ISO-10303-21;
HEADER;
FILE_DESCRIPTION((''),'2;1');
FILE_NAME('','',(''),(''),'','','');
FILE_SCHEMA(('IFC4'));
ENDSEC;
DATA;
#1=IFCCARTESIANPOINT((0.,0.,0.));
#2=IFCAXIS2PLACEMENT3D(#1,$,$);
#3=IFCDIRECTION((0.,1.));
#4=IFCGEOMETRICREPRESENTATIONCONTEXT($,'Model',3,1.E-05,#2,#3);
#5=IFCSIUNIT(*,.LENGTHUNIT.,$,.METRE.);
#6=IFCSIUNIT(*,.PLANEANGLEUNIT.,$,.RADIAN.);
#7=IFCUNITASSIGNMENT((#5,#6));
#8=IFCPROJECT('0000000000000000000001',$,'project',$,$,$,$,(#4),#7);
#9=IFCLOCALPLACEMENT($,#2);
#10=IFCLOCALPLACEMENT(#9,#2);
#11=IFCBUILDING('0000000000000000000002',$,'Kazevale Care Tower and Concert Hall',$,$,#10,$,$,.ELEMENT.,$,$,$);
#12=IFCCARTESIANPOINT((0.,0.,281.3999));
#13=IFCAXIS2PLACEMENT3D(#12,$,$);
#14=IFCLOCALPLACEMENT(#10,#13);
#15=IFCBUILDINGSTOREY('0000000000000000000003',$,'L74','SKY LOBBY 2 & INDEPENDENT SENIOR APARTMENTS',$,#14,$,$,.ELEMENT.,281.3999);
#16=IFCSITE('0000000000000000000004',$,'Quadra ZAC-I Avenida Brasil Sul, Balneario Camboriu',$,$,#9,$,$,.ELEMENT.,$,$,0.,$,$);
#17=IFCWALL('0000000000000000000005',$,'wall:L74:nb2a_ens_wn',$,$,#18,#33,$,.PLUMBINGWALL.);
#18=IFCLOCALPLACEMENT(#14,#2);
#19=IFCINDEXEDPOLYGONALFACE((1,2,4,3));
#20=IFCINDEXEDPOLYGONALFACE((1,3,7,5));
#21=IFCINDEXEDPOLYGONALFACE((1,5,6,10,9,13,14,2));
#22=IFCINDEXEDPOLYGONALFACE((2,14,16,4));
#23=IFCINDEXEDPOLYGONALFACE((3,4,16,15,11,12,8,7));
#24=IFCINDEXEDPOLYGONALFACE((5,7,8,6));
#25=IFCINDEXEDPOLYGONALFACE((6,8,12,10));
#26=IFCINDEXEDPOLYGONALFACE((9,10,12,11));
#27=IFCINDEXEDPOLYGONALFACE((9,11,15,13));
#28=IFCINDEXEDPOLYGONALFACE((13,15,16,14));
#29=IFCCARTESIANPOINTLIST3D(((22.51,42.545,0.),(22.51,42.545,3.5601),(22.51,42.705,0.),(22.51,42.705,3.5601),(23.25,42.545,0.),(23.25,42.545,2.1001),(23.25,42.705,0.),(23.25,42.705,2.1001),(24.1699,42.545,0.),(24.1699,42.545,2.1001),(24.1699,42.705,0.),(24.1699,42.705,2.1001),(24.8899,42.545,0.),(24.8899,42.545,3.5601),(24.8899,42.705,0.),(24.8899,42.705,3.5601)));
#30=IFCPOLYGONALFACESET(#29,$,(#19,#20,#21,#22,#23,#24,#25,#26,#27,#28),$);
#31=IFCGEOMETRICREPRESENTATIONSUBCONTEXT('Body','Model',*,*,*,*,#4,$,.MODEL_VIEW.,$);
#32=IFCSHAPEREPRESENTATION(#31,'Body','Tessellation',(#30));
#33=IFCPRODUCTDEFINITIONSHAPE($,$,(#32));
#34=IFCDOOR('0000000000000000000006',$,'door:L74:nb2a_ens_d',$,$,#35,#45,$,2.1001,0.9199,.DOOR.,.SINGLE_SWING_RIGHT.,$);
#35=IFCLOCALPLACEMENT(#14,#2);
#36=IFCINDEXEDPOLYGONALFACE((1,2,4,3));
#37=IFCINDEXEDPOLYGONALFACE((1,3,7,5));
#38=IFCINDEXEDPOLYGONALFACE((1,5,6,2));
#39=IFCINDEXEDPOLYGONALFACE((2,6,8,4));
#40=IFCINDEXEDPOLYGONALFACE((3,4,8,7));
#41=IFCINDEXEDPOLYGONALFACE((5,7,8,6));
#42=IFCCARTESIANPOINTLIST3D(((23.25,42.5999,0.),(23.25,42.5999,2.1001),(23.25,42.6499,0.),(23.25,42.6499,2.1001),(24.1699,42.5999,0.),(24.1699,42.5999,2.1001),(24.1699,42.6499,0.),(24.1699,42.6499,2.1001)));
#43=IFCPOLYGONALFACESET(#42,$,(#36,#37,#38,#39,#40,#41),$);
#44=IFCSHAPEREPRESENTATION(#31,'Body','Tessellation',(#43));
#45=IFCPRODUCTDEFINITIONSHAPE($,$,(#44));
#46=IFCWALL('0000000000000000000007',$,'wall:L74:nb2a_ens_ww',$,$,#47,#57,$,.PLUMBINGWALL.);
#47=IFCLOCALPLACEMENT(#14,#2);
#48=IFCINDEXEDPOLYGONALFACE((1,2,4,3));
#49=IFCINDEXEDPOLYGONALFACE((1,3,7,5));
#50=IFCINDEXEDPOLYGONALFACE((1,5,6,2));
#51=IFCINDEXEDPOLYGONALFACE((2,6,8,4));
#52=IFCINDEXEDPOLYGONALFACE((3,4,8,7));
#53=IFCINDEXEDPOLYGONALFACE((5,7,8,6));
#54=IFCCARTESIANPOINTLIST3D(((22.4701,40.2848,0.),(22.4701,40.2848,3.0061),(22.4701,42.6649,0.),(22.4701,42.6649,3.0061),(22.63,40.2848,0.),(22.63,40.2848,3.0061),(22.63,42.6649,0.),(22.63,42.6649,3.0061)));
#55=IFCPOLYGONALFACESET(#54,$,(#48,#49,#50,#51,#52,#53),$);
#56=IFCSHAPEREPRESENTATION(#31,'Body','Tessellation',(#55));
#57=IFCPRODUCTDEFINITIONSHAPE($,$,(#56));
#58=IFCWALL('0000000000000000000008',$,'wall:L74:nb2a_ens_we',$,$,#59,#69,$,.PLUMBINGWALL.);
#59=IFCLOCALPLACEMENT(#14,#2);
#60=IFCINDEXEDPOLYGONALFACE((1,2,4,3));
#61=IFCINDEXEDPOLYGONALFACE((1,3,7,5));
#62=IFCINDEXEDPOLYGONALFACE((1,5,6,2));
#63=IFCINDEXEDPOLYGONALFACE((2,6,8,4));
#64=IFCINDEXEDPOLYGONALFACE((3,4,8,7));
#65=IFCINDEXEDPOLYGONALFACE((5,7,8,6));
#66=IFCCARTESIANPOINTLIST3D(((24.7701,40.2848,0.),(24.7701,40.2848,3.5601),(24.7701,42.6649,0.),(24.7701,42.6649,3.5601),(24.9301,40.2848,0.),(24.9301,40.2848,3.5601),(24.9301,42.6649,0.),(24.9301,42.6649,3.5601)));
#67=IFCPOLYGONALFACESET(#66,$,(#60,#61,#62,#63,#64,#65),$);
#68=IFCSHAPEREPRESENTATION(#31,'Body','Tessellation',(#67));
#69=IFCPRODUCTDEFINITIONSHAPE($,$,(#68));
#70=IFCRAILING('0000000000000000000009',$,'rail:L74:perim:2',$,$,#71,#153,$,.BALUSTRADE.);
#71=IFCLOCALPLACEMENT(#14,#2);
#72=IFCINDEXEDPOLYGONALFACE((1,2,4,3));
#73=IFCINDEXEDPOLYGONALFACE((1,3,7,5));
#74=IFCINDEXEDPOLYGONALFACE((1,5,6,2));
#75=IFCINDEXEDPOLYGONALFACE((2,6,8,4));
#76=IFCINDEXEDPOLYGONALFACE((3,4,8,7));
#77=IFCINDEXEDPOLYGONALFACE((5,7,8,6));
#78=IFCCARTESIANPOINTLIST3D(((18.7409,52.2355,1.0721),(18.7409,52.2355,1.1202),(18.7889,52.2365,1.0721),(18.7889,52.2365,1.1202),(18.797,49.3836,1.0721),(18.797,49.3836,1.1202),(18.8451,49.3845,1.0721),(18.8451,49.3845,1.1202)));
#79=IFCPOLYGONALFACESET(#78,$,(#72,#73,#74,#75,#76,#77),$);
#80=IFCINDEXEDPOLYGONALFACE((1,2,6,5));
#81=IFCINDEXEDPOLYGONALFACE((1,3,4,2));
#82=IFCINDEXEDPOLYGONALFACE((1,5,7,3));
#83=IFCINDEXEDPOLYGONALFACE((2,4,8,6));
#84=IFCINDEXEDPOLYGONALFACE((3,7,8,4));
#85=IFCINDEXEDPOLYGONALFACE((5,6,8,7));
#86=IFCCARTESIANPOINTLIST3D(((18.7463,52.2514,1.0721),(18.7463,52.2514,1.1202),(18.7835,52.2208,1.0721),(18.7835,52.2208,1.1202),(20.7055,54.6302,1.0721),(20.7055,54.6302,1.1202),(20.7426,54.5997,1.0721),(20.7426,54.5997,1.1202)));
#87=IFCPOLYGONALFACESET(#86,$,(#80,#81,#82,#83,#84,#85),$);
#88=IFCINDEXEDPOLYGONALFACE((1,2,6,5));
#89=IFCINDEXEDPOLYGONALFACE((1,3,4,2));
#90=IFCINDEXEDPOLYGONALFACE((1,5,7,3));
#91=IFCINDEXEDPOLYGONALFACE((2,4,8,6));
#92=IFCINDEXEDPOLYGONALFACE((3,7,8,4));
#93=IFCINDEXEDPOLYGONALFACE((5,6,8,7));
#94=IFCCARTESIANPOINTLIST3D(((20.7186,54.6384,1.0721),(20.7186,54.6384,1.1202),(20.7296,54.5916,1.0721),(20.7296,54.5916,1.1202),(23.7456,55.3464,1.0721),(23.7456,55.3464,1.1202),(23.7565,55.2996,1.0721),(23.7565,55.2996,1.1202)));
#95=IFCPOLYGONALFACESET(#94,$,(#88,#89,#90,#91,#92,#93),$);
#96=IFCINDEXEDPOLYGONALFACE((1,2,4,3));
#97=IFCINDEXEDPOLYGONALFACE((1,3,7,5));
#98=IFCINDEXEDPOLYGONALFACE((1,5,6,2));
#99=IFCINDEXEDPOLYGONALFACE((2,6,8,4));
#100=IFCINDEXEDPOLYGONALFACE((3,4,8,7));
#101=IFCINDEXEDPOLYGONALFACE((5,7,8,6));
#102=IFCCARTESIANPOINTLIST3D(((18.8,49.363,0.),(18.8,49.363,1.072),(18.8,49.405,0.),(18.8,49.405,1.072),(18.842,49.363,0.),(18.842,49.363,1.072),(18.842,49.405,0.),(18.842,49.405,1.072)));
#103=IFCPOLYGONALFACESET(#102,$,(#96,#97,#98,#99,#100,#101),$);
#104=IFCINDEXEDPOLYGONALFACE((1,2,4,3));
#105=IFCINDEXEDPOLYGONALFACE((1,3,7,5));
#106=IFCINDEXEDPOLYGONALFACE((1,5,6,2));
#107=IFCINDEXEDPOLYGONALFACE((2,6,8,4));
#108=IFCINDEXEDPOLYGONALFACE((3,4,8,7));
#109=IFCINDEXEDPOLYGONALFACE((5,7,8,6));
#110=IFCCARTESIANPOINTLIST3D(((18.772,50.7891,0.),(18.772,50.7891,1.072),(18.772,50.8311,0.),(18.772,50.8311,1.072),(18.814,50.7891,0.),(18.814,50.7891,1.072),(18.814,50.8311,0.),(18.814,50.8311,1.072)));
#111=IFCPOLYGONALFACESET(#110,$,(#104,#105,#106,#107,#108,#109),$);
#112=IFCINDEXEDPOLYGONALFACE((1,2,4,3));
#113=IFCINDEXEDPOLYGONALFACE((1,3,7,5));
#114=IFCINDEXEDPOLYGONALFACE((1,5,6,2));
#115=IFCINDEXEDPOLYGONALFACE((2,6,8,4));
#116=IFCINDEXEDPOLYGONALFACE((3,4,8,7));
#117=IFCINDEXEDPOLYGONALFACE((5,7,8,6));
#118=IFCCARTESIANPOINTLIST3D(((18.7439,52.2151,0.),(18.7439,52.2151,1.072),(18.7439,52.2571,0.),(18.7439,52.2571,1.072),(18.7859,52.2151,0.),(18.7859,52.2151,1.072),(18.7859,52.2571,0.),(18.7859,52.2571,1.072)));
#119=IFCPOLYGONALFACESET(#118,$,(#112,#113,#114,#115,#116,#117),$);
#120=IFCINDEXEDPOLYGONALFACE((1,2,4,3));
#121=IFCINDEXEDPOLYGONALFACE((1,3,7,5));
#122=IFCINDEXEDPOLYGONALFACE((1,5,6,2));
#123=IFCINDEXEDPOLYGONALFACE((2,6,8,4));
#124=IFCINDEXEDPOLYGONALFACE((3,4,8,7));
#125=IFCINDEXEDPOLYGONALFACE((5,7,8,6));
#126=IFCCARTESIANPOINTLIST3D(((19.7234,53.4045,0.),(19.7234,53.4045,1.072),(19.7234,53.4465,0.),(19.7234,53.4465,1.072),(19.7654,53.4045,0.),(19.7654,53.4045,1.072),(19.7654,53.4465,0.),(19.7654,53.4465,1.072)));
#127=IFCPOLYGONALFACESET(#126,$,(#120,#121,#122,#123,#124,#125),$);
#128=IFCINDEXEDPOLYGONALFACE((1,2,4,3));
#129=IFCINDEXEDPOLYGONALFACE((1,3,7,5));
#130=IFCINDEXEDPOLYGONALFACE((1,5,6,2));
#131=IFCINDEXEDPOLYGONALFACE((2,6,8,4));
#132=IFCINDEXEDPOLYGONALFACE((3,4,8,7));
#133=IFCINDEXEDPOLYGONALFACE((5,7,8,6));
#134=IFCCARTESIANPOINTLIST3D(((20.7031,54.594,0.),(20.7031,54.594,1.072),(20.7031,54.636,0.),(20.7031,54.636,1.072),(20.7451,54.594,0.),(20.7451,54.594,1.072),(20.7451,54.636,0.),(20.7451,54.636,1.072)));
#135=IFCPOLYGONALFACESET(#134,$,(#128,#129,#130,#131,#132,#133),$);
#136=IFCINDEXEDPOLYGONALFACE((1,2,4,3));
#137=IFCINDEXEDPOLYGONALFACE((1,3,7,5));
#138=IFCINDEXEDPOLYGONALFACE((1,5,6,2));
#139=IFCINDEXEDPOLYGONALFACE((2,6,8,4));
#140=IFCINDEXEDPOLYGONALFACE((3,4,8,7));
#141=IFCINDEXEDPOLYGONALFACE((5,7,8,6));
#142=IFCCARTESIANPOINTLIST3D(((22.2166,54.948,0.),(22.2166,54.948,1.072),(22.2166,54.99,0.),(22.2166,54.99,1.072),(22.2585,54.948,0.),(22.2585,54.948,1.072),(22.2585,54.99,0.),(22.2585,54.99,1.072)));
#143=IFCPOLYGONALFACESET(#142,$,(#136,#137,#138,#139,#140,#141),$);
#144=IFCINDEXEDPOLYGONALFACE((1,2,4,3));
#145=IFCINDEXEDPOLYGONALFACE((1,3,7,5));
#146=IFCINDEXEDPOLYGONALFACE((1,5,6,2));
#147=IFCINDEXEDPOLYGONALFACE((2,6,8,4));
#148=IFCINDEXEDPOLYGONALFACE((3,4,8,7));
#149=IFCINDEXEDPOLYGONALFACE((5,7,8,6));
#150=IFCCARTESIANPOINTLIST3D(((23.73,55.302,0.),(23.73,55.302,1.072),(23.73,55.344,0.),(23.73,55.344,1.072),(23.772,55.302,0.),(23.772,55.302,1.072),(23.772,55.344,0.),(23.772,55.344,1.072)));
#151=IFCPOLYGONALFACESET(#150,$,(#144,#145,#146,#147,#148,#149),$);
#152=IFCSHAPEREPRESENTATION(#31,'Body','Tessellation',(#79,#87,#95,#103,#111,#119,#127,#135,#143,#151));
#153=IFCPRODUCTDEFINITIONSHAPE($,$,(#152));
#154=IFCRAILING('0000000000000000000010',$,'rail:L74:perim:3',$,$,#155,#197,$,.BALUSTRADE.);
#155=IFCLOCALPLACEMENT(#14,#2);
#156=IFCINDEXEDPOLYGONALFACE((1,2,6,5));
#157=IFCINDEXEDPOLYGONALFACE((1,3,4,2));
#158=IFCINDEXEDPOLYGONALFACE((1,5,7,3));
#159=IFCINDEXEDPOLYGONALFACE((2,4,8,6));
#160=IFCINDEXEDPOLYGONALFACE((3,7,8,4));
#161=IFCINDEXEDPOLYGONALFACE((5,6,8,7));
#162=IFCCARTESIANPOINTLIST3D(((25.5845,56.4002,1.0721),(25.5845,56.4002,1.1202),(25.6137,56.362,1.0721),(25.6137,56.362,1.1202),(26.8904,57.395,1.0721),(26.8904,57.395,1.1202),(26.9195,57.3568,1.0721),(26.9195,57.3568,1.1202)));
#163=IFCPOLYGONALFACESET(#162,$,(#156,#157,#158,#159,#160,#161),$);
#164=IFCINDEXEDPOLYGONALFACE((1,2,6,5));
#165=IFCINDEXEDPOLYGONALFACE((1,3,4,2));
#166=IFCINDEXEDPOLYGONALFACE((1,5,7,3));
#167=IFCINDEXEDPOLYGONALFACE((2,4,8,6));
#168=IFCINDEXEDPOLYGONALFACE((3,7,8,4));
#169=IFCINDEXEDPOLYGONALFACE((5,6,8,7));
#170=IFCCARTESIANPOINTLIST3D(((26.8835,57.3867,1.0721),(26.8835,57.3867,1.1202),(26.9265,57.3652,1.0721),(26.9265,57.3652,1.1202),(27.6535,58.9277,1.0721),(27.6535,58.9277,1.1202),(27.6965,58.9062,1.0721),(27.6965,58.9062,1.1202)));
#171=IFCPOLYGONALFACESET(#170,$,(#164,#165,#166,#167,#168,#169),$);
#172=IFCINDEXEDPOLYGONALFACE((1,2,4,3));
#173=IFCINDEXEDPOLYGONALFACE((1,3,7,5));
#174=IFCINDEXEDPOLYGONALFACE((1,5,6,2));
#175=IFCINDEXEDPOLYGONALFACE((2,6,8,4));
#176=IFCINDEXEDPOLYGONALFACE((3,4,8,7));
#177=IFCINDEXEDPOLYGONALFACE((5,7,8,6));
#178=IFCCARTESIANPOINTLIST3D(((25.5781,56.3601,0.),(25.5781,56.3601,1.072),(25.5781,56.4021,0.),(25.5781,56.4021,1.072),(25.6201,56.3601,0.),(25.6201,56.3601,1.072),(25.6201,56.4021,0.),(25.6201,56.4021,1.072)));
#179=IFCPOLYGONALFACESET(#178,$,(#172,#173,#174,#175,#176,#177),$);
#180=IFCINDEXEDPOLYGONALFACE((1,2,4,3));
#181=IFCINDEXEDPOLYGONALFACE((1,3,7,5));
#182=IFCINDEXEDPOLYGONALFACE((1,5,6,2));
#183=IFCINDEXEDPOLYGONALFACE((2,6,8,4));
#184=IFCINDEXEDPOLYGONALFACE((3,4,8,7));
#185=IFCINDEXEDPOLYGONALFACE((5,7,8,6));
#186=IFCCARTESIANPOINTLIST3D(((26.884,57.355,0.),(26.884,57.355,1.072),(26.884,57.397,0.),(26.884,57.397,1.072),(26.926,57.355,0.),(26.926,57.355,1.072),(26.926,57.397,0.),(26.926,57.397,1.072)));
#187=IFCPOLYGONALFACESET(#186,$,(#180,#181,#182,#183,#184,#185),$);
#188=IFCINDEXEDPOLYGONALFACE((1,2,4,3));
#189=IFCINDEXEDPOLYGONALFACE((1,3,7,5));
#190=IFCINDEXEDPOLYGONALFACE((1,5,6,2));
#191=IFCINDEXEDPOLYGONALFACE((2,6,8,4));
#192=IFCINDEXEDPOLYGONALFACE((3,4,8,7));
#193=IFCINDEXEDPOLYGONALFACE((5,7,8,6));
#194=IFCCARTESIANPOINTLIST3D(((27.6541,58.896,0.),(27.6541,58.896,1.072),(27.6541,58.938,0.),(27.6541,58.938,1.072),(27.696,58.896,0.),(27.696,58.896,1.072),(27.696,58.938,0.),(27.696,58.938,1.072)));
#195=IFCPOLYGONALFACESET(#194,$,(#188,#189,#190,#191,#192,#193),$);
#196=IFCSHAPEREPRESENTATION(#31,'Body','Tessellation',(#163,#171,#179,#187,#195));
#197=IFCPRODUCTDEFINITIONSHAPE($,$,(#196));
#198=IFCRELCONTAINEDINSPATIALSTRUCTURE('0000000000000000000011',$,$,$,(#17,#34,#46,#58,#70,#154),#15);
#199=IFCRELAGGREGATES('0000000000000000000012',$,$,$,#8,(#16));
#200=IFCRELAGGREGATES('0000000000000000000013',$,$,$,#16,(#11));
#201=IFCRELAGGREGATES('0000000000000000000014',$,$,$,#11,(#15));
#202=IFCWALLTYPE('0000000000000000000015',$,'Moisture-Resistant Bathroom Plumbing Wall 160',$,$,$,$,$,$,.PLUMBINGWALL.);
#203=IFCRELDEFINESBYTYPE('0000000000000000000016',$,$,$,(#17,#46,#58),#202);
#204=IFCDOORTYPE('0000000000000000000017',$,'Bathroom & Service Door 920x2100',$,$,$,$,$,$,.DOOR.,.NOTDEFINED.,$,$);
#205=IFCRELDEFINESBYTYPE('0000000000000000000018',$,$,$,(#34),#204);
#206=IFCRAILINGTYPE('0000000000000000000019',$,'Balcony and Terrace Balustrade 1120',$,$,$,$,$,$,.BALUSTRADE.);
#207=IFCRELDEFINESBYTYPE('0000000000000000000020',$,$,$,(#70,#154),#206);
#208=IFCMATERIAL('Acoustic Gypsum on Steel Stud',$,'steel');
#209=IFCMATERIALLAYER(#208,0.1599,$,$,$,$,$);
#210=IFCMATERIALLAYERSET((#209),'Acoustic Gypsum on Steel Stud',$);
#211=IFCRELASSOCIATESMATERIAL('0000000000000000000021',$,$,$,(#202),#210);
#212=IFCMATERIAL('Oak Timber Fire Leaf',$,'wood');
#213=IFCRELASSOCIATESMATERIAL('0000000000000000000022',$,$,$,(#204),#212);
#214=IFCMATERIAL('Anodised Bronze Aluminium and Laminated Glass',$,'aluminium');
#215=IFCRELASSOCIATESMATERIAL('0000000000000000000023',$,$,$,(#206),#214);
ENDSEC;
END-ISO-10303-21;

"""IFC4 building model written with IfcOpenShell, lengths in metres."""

from ifc_helpers import new_model, si_unit, direction, frame, frame_2d, origin, origin_2d, place, context, subcontext, project, spatial, rectangle, extrude, material, layer, layer_set, type_object, element, fill, save


model = new_model("IFC4")

# Units and contexts
model_context = context("Model", 3, precision=1e-05, world=origin(), true_north=direction((0.0, 1.0)))
body_context = subcontext(model_context, "Body", "Model", "MODEL_VIEW")
ifc_project = project(units=[si_unit("LENGTHUNIT", "METRE"), si_unit("PLANEANGLEUNIT", "RADIAN")], contexts=[model_context])

# Site, building, storey
site_placement = place(None, origin())
site = spatial("IfcSite", under=ifc_project, at=site_placement, Name="Quadra ZAC-I Avenida Brasil Sul, Balneario Camboriu", CompositionType="ELEMENT", RefElevation=0.0)
building_placement = place(site_placement, origin())
building = spatial("IfcBuilding", under=site, at=building_placement, Name="Kazevale Care Tower and Concert Hall", CompositionType="ELEMENT")
storey_placement = place(building_placement, frame((0.0, 0.0, 281.3999)))
storey = spatial("IfcBuildingStorey", under=building, at=storey_placement, Name="L74", Description="SKY LOBBY 2 & INDEPENDENT SENIOR APARTMENTS", CompositionType="ELEMENT", Elevation=281.3999)

# Shared definitions
ifc_material_1 = material(Name="Acoustic Gypsum on Steel Stud", Category="steel")

# Shared definitions
ifc_material_2 = material(Name="Oak Timber Fire Leaf", Category="wood")

# Shared definitions
ifc_layer_1 = layer(ifc_material_1, 0.1599)
ifc_layer_set_1 = layer_set([ifc_layer_1], Name="Acoustic Gypsum on Steel Stud")
wall_type_1 = type_object("IfcWallType", Name="Moisture-Resistant Bathroom Plumbing Wall 160", PredefinedType="PLUMBINGWALL", material=ifc_layer_set_1)

# Wall, opening, door
wall_1_placement = place(storey_placement, frame((22.51, 42.625, 0.0), z_axis=(0.0, 0.0, 1.0), x_axis=(1.0, 0.0, 0.0)))
wall_1 = element("IfcWall", 1, at=wall_1_placement, inside=storey, type_object=wall_type_1, Name="wall:L74:nb2a_ens_wn", PredefinedType="PLUMBINGWALL", context=body_context, shape_type="SweptSolid", body=[
    extrude(rectangle(XDim=2.3799, YDim=0.1599, at=frame_2d((1.1899, 0.0))), origin(), (0.0, 0.0, 1.0), 3.5601),
])
opening_1_placement = place(wall_1_placement, frame((0.74, 0.0, 0.0)))
opening_1 = element("IfcOpeningElement", 2, at=opening_1_placement, cuts=wall_1, PredefinedType="OPENING", context=body_context, shape_type="SweptSolid", body=[
    extrude(rectangle(XDim=0.9199, YDim=2.1001, at=frame_2d((0.46, 1.05))), frame((0.0, 0.0898, 0.0), z_axis=(0.0, -1.0, 0.0), x_axis=(1.0, 0.0, 0.0)), (0.0, 0.0, 1.0), 0.1799),
])
door_type_1 = type_object("IfcDoorType", Name="Bathroom & Service Door 920x2100", OperationType="NOTDEFINED", PredefinedType="DOOR", material=ifc_material_2)
door_1_placement = place(opening_1_placement, origin())
door_1 = element("IfcDoor", 3, at=door_1_placement, inside=storey, type_object=door_type_1, Name="door:L74:nb2a_ens_d", OperationType="SINGLE_SWING_RIGHT", OverallHeight=2.1001, OverallWidth=0.9199, PredefinedType="DOOR", context=body_context, shape_type="SweptSolid", body=[
    extrude(rectangle(XDim=0.9199, YDim=2.1001, at=frame_2d((0.46, 1.05))), frame((0.0, 0.0249, 0.0), z_axis=(0.0, -1.0, 0.0), x_axis=(1.0, 0.0, 0.0)), (0.0, 0.0, 1.0), 0.05),
])
fill(opening_1, door_1)

# Walls
wall_2_placement = place(storey_placement, frame((22.55, 40.2849, 0.0), z_axis=(0.0, 0.0, 1.0), x_axis=(0.0, 1.0, 0.0)))
element("IfcWall", 4, at=wall_2_placement, inside=storey, type_object=wall_type_1, Name="wall:L74:nb2a_ens_ww", PredefinedType="PLUMBINGWALL", context=body_context, shape_type="SweptSolid", body=[
    extrude(rectangle(XDim=2.3801, YDim=0.1599, at=frame_2d((1.1899, 0.0))), origin(), (0.0, 0.0, 1.0), 3.0061),
])
wall_3_placement = place(storey_placement, frame((24.8501, 40.2849, 0.0), z_axis=(0.0, 0.0, 1.0), x_axis=(0.0, 1.0, 0.0)))
element("IfcWall", 5, at=wall_3_placement, inside=storey, type_object=wall_type_1, Name="wall:L74:nb2a_ens_we", PredefinedType="PLUMBINGWALL", context=body_context, shape_type="SweptSolid", body=[
    extrude(rectangle(XDim=2.3801, YDim=0.1599, at=frame_2d((1.1899, 0.0))), origin(), (0.0, 0.0, 1.0), 3.5601),
])

# Railings
ifc_material_3 = material(Name="Anodised Bronze Aluminium and Laminated Glass", Category="aluminium")
railing_type = type_object("IfcRailingType", Name="Balcony and Terrace Balustrade 1120", PredefinedType="BALUSTRADE", material=ifc_material_3)
railing_1_placement = place(storey_placement, frame((18.821, 49.384, 0.0)))
element("IfcRailing", 6, at=railing_1_placement, inside=storey, type_object=railing_type, Name="rail:L74:perim:2", PredefinedType="BALUSTRADE", context=body_context, shape_type="SweptSolid", body=[
    extrude(rectangle(XDim=0.0481, YDim=0.0481, at=origin_2d()), frame((0.0, 0.0, 1.0962), z_axis=(-0.019685, 0.999806, 0.0), x_axis=(-0.999806, -0.019685, 0.0)), (0.0, 0.0, 1.0), 2.8525),
    extrude(rectangle(XDim=0.0481, YDim=0.0481, at=origin_2d()), frame((-0.0562, 2.8521, 1.0962), z_axis=(0.635732, 0.77191, 0.0), x_axis=(-0.77191, 0.635732, 0.0)), (0.0, 0.0, 1.0), 3.0818),
    extrude(rectangle(XDim=0.0481, YDim=0.0481, at=origin_2d()), frame((1.9031, 5.231, 1.0962), z_axis=(0.973717, 0.227761, 0.0), x_axis=(-0.227761, 0.973717, 0.0)), (0.0, 0.0, 1.0), 3.1086),
    extrude(rectangle(XDim=0.042, YDim=0.042, at=origin_2d()), origin(), (0.0, 0.0, 1.0), 1.072),
    extrude(rectangle(XDim=0.042, YDim=0.042, at=origin_2d()), frame((-0.0281, 1.426, 0.0)), (0.0, 0.0, 1.0), 1.072),
    extrude(rectangle(XDim=0.042, YDim=0.042, at=origin_2d()), frame((-0.0562, 2.8521, 0.0)), (0.0, 0.0, 1.0), 1.072),
    extrude(rectangle(XDim=0.042, YDim=0.042, at=origin_2d()), frame((0.9233, 4.0415, 0.0)), (0.0, 0.0, 1.0), 1.072),
    extrude(rectangle(XDim=0.042, YDim=0.042, at=origin_2d()), frame((1.9031, 5.231, 0.0)), (0.0, 0.0, 1.0), 1.072),
    extrude(rectangle(XDim=0.042, YDim=0.042, at=origin_2d()), frame((3.4165, 5.585, 0.0)), (0.0, 0.0, 1.0), 1.072),
    extrude(rectangle(XDim=0.042, YDim=0.042, at=origin_2d()), frame((4.9299, 5.939, 0.0)), (0.0, 0.0, 1.0), 1.072),
])
railing_2_placement = place(storey_placement, frame((25.5991, 56.3811, 0.0)))
element("IfcRailing", 7, at=railing_2_placement, inside=storey, type_object=railing_type, Name="rail:L74:perim:3", PredefinedType="BALUSTRADE", context=body_context, shape_type="SweptSolid", body=[
    extrude(rectangle(XDim=0.0481, YDim=0.0481, at=origin_2d()), frame((0.0, 0.0, 1.0962), z_axis=(0.795462, 0.606003, 0.0), x_axis=(-0.606003, 0.795462, 0.0)), (0.0, 0.0, 1.0), 1.6416),
    extrude(rectangle(XDim=0.0481, YDim=0.0481, at=origin_2d()), frame((1.3059, 0.9949, 1.0962), z_axis=(0.446987, 0.894541, 0.0), x_axis=(-0.894541, 0.446987, 0.0)), (0.0, 0.0, 1.0), 1.7227),
    extrude(rectangle(XDim=0.042, YDim=0.042, at=origin_2d()), origin(), (0.0, 0.0, 1.0), 1.072),
    extrude(rectangle(XDim=0.042, YDim=0.042, at=origin_2d()), frame((1.3059, 0.9949, 0.0)), (0.0, 0.0, 1.0), 1.072),
    extrude(rectangle(XDim=0.042, YDim=0.042, at=origin_2d()), frame((2.0759, 2.5359, 0.0)), (0.0, 0.0, 1.0), 1.072),
])

save(model, "model.ifc")
